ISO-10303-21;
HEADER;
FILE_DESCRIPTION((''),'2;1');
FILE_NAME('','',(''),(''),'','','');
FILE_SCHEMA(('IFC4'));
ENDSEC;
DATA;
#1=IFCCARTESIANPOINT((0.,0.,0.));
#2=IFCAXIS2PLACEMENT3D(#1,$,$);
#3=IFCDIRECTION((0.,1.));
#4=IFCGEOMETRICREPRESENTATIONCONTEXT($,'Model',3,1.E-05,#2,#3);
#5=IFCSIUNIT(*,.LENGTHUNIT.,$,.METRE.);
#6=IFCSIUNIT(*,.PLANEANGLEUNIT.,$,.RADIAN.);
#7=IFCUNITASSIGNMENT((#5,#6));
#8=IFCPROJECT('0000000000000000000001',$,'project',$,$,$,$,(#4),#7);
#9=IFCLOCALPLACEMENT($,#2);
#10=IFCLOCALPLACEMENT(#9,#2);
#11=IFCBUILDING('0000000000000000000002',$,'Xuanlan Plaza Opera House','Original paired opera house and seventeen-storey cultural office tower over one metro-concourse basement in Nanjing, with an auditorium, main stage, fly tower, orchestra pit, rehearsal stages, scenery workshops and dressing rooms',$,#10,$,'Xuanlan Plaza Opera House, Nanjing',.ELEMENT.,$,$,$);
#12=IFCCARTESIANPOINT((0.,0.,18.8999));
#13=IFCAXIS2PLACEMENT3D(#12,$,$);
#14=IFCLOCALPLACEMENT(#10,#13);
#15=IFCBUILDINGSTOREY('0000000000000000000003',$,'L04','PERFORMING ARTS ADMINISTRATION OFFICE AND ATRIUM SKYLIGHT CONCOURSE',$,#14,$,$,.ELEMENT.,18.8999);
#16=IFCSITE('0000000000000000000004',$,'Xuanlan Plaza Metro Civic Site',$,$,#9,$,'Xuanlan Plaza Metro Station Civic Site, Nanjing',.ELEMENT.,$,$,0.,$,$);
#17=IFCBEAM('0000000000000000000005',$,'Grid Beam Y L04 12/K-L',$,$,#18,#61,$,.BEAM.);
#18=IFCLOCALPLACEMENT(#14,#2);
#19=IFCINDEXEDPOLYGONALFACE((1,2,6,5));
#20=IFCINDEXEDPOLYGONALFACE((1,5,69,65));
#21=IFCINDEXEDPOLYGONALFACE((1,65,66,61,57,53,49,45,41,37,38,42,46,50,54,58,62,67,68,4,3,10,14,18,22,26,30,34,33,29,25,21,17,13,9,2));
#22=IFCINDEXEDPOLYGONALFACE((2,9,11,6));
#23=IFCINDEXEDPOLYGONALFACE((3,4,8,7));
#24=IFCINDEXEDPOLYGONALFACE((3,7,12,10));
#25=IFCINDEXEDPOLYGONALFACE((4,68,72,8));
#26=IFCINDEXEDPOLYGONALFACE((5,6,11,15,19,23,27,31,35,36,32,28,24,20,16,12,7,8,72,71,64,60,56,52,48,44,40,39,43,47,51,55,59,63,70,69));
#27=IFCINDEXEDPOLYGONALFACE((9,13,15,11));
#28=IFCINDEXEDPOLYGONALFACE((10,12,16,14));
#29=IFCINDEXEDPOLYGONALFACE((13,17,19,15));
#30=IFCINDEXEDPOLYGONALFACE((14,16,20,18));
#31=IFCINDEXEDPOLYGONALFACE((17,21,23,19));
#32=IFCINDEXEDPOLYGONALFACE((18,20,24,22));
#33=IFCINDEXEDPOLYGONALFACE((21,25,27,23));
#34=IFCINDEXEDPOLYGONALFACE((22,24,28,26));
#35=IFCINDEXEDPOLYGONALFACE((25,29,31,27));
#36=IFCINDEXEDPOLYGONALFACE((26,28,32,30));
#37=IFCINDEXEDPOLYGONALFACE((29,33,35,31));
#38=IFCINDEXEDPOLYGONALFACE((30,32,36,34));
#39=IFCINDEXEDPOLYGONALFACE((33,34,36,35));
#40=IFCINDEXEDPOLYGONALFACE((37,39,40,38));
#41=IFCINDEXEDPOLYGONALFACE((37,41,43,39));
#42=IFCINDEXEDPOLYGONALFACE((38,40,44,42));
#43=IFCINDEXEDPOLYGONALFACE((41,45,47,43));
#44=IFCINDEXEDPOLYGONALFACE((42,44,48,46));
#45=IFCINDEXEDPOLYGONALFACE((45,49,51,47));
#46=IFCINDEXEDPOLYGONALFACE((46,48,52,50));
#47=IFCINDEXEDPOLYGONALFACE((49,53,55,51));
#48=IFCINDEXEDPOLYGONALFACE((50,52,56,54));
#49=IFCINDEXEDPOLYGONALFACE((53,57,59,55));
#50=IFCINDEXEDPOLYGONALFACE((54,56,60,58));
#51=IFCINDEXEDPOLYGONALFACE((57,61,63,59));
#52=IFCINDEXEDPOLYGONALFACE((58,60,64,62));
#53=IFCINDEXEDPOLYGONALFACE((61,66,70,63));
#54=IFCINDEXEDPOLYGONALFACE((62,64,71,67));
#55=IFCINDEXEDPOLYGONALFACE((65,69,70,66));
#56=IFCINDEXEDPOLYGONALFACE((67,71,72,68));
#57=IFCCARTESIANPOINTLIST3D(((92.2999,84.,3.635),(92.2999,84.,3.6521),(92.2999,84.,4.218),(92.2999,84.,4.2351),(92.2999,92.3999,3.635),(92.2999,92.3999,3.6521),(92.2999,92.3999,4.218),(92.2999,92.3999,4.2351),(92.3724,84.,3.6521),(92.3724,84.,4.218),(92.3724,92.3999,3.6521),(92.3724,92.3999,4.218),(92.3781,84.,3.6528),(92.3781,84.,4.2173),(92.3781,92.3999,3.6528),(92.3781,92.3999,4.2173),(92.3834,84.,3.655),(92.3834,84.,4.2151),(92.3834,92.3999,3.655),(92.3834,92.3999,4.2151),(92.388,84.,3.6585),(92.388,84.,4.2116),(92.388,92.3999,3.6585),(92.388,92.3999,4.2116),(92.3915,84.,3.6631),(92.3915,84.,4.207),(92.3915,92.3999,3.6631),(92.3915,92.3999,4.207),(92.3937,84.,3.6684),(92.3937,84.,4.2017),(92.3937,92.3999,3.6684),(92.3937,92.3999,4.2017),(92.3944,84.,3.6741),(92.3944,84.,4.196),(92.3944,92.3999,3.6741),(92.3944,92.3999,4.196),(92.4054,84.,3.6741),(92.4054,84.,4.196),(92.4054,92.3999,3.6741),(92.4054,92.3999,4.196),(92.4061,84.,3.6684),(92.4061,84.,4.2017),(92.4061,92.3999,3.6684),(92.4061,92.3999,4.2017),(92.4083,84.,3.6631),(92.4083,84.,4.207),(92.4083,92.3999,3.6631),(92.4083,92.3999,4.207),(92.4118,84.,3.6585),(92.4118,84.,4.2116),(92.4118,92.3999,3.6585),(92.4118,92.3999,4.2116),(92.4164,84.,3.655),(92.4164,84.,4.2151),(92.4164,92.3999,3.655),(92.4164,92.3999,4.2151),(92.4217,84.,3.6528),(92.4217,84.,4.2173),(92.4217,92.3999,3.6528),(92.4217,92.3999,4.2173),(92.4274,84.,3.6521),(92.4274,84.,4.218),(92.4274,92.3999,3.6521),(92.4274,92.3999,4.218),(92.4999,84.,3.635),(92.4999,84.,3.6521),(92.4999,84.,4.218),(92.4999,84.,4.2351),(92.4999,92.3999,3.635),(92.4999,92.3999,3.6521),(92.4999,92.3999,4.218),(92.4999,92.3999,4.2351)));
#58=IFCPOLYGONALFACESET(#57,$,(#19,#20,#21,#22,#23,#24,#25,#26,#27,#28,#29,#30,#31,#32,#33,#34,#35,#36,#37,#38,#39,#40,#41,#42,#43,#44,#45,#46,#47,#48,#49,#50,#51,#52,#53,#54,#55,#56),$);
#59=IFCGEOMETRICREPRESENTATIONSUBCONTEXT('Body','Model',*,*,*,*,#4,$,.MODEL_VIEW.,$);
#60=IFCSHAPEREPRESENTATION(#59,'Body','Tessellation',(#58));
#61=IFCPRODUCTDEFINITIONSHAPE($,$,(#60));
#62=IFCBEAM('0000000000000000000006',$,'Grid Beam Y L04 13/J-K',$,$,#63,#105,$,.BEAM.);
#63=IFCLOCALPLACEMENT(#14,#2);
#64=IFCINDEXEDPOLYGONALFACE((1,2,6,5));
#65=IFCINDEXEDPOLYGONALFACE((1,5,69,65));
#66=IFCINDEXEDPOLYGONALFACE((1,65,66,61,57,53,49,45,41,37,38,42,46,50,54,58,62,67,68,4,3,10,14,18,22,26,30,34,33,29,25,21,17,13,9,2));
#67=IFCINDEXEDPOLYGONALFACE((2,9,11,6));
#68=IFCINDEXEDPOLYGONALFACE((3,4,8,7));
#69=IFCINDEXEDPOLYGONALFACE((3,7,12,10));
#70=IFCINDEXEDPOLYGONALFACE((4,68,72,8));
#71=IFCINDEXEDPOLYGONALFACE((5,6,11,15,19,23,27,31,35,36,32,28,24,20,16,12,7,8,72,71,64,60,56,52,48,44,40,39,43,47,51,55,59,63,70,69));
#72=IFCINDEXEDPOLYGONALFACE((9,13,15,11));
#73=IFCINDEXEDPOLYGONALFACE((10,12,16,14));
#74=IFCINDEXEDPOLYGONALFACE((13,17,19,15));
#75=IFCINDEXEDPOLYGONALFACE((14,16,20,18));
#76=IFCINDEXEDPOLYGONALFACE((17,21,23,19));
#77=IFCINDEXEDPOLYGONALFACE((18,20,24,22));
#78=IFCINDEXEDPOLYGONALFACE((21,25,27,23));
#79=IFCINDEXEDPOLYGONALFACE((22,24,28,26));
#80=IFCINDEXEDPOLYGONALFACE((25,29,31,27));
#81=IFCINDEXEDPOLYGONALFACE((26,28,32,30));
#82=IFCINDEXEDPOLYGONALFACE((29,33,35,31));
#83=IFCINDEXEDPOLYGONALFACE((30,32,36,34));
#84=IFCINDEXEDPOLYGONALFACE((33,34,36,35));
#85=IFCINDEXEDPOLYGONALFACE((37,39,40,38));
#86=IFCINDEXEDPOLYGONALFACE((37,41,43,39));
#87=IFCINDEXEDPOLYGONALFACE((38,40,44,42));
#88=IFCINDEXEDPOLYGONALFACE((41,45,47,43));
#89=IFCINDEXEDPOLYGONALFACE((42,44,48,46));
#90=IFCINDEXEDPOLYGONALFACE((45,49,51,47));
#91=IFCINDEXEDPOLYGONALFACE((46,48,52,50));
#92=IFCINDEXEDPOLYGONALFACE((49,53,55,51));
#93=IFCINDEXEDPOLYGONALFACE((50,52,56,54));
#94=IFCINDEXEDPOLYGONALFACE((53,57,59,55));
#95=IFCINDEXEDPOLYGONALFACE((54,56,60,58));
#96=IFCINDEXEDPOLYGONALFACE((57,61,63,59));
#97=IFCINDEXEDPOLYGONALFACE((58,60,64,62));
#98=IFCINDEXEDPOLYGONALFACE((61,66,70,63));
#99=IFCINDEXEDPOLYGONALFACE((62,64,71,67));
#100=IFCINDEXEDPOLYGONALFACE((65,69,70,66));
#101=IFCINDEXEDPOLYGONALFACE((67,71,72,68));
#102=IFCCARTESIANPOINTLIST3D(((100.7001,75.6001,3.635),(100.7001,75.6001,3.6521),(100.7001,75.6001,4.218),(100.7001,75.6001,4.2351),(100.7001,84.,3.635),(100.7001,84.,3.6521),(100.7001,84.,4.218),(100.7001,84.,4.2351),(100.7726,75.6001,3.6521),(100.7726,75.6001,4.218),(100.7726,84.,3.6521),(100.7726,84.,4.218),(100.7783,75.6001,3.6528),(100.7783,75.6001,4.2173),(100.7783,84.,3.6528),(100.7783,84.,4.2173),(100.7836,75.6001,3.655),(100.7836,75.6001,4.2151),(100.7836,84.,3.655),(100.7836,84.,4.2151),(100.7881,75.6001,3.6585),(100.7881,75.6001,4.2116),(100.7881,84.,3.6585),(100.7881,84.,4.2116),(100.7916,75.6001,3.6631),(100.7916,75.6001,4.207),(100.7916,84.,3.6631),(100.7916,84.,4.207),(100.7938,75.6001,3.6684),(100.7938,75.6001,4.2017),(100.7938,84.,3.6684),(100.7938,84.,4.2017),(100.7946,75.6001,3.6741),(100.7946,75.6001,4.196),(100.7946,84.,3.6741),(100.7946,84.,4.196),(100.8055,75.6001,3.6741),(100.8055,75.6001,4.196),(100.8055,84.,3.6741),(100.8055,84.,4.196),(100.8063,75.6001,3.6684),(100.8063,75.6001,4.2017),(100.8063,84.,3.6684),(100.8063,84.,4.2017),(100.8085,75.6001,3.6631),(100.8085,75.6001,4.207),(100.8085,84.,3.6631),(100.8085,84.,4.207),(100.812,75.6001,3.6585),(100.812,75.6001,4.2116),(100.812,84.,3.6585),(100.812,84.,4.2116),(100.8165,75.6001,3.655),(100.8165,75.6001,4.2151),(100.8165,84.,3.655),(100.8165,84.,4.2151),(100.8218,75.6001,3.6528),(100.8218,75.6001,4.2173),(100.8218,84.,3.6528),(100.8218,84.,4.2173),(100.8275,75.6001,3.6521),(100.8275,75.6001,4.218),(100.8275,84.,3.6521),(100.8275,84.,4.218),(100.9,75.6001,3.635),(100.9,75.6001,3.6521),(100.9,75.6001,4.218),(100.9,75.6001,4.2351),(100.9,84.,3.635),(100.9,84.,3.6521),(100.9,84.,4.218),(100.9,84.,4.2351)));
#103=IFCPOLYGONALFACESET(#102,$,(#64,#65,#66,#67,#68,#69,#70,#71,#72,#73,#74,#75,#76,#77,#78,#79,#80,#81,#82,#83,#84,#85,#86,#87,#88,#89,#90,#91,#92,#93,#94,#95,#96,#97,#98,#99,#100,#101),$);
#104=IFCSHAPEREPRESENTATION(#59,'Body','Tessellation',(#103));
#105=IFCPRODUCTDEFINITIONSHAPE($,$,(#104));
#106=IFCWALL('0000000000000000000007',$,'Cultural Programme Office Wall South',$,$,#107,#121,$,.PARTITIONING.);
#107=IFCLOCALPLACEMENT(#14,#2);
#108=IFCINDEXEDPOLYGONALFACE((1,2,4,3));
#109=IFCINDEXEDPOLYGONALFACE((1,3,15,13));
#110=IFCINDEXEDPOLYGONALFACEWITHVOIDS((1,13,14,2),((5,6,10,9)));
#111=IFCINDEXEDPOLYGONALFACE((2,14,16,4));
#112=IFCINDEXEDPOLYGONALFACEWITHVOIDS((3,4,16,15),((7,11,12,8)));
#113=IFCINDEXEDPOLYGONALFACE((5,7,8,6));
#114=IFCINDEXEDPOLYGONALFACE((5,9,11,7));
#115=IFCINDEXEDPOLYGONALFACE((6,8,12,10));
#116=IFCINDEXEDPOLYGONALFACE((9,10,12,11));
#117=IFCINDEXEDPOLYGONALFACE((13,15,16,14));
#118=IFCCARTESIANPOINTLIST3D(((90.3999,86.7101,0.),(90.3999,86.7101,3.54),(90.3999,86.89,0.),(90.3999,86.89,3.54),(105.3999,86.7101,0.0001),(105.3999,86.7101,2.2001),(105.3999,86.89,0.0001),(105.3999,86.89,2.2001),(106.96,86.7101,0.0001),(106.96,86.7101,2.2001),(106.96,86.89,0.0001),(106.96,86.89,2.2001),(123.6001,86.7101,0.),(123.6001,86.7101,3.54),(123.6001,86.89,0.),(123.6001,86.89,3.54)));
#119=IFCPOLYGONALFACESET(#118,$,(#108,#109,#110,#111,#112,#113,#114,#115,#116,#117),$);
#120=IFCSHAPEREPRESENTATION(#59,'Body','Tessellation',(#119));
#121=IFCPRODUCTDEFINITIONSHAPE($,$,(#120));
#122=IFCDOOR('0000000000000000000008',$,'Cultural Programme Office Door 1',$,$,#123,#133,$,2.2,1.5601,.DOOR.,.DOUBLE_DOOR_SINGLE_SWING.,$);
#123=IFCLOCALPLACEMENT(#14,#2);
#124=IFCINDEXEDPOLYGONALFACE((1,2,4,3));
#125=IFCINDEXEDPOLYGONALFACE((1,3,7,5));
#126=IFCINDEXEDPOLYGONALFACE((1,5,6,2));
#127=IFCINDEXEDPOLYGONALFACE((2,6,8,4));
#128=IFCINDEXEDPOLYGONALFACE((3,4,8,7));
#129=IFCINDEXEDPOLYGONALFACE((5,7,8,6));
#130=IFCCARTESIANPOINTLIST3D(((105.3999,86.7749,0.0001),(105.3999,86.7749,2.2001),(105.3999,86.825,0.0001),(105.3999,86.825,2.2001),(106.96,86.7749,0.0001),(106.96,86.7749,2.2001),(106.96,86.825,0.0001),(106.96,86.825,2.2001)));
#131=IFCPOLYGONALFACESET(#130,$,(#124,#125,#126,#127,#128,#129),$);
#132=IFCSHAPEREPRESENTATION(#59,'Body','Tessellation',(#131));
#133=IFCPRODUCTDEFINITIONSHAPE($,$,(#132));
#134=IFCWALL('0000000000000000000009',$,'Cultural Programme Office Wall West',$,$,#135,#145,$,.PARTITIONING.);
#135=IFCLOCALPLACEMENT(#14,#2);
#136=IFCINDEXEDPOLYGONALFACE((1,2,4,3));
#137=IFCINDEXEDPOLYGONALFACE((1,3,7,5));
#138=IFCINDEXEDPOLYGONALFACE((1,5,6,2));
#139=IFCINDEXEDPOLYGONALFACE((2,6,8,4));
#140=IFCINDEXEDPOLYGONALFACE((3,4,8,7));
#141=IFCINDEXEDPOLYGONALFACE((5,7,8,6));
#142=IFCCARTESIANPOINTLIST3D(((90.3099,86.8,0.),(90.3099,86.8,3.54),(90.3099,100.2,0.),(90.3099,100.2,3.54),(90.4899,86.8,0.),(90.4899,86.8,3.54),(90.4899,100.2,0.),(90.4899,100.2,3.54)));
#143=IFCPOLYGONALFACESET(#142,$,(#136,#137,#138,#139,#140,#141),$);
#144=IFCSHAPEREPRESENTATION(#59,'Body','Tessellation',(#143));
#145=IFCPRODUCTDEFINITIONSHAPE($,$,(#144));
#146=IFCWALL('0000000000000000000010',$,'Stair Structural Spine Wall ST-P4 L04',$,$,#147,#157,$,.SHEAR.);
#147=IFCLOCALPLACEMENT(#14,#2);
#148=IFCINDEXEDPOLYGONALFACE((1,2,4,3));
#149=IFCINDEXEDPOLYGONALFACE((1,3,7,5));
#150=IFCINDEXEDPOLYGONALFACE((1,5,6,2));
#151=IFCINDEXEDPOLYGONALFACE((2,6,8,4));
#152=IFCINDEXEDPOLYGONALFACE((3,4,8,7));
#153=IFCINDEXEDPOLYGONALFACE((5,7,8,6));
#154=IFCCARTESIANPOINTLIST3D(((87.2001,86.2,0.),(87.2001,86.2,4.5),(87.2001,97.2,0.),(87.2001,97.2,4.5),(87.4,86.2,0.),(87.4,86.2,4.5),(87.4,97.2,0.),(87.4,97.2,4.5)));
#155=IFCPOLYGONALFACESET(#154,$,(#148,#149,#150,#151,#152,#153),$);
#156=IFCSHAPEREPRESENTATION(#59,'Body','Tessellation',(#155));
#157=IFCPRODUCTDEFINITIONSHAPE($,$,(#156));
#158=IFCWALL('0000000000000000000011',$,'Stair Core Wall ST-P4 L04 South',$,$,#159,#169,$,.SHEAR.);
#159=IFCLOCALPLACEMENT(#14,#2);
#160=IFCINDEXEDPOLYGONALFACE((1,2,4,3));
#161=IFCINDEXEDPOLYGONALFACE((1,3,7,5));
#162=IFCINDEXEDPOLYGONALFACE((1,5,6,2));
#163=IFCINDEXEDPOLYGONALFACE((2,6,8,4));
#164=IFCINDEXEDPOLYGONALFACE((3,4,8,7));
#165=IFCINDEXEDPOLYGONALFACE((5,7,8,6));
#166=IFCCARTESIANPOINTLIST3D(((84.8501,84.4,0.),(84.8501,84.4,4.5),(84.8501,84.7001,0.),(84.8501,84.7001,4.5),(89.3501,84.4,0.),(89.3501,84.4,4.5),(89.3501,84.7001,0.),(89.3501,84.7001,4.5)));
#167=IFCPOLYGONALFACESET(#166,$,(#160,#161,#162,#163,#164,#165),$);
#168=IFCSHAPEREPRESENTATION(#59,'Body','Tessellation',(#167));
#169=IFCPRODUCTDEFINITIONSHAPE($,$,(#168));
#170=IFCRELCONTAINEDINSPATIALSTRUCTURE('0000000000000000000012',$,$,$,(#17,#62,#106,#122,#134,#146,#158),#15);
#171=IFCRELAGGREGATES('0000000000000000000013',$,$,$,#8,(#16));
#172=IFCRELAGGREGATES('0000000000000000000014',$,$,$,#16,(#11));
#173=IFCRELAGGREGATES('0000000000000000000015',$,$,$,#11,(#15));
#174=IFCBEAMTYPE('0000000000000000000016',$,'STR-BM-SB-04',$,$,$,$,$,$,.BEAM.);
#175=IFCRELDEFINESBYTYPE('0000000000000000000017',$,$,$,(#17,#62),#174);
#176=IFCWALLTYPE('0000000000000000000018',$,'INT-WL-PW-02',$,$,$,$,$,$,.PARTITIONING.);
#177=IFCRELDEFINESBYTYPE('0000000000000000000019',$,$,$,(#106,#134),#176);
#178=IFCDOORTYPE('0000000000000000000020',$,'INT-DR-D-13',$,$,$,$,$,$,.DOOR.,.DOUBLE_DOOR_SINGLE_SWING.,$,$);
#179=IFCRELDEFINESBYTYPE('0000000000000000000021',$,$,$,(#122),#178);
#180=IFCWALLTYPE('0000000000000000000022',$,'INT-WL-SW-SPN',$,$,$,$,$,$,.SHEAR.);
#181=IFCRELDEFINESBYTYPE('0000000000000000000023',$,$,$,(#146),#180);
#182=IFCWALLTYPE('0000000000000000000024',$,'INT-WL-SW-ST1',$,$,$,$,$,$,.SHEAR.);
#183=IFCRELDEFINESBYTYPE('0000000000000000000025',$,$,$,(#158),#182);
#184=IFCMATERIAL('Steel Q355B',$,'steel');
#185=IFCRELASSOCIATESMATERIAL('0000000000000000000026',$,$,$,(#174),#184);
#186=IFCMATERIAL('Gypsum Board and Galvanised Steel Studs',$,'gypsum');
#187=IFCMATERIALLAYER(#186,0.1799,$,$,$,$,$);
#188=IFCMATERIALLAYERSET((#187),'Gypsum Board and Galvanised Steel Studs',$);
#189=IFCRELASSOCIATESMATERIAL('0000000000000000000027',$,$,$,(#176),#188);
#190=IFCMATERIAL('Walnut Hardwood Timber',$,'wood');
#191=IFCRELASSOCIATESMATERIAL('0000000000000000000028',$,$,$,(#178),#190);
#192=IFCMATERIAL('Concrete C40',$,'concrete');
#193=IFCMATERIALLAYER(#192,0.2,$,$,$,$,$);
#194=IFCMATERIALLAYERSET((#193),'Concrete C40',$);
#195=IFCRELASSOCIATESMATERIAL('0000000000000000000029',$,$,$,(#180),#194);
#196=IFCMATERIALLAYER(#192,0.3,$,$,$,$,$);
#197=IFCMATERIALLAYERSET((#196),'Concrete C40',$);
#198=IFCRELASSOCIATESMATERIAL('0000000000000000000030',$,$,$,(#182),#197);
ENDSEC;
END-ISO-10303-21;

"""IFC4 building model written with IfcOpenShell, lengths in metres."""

from ifc_helpers import new_model, si_unit, direction, frame, frame_2d, origin, origin_2d, place, context, subcontext, project, spatial, rectangle, i_section, extrude, material, layer, layer_set, material_profile, profile_set, type_object, element, fill, save


model = new_model("IFC4")

# Units and contexts
model_context = context("Model", 3, precision=1e-05, world=origin(), true_north=direction((0.0, 1.0)))
body_context = subcontext(model_context, "Body", "Model", "MODEL_VIEW")
ifc_project = project(units=[si_unit("LENGTHUNIT", "METRE"), si_unit("PLANEANGLEUNIT", "RADIAN")], contexts=[model_context])

# Site, building, storey
site_placement = place(None, origin())
site = spatial("IfcSite", under=ifc_project, at=site_placement, Name="Xuanlan Plaza Metro Civic Site", LongName="Xuanlan Plaza Metro Station Civic Site, Nanjing", CompositionType="ELEMENT", RefElevation=0.0)
building_placement = place(site_placement, origin())
building = spatial("IfcBuilding", under=site, at=building_placement, Name="Xuanlan Plaza Opera House", Description="Original paired opera house and seventeen-storey cultural office tower over one metro-concourse basement in Nanjing, with an auditorium, main stage, fly tower, orchestra pit, rehearsal stages, scenery workshops and dressing rooms", LongName="Xuanlan Plaza Opera House, Nanjing", CompositionType="ELEMENT")
storey_placement = place(building_placement, frame((0.0, 0.0, 18.8999)))
storey = spatial("IfcBuildingStorey", under=building, at=storey_placement, Name="L04", Description="PERFORMING ARTS ADMINISTRATION OFFICE AND ATRIUM SKYLIGHT CONCOURSE", CompositionType="ELEMENT", Elevation=18.8999)

# Shared definitions
ifc_material_1 = material(Name="Concrete C40", Category="concrete")

# Beams
ifc_material_2 = material(Name="Steel Q355B", Category="steel")
ifc_material_profile_1 = material_profile(ifc_material_2, i_section(OverallWidth=0.2, OverallDepth=0.6001, WebThickness=0.011, FlangeThickness=0.0171, FilletRadius=0.022, at=origin_2d()), Name="HN 600x200x11x17")
ifc_profile_set_1 = profile_set([ifc_material_profile_1], Name="Steel Q355B")
beam_type_1 = type_object("IfcBeamType", Name="STR-BM-SB-04", PredefinedType="BEAM", material=ifc_profile_set_1)
for number, where, z_axis, x_axis, name in (
    (1, (92.3999, 84.0, 3.9351), (0.0, 1.0, 0.0), (-1.0, 0.0, 0.0), "Grid Beam Y L04 12/K-L"),
    (2, (100.8, 75.6001, 3.9351), (0.0, 1.0, 0.0), (-1.0, 0.0, 0.0), "Grid Beam Y L04 13/J-K"),
):
    element("IfcBeam", number, at=place(storey_placement, frame(where, z_axis=z_axis, x_axis=x_axis)), inside=storey, type_object=beam_type_1, Name=name, PredefinedType="BEAM", context=body_context, shape_type="SweptSolid", body=[
        extrude(i_section(OverallWidth=0.2, OverallDepth=0.6001, WebThickness=0.011, FlangeThickness=0.0171, FilletRadius=0.022, at=origin_2d()), origin(), (0.0, 0.0, 1.0), 8.3999),
    ])

# Wall, opening, door
ifc_material_3 = material(Name="Gypsum Board and Galvanised Steel Studs", Category="gypsum")
ifc_layer_1 = layer(ifc_material_3, 0.1799)
ifc_layer_set_1 = layer_set([ifc_layer_1], Name="Gypsum Board and Galvanised Steel Studs")
wall_type_1 = type_object("IfcWallType", Name="INT-WL-PW-02", PredefinedType="PARTITIONING", material=ifc_layer_set_1)
wall_1_placement = place(storey_placement, frame((90.3999, 86.8, 0.0), z_axis=(0.0, 0.0, 1.0), x_axis=(1.0, 0.0, 0.0)))
wall_1 = element("IfcWall", 3, at=wall_1_placement, inside=storey, type_object=wall_type_1, Name="Cultural Programme Office Wall South", PredefinedType="PARTITIONING", context=body_context, shape_type="SweptSolid", body=[
    extrude(rectangle(XDim=33.2002, YDim=0.1799, at=frame_2d((16.6001, 0.0))), origin(), (0.0, 0.0, 1.0), 3.54),
])
opening_1_placement = place(wall_1_placement, frame((15.0, 0.0, 0.0)))
opening_1 = element("IfcOpeningElement", 4, at=opening_1_placement, cuts=wall_1, PredefinedType="OPENING", context=body_context, shape_type="SweptSolid", body=[
    extrude(rectangle(XDim=1.5601, YDim=2.2, at=frame_2d((0.78, 1.1001))), frame((0.0, 0.0999, 0.0), z_axis=(0.0, -1.0, 0.0), x_axis=(1.0, 0.0, 0.0)), (0.0, 0.0, 1.0), 0.2),
])
ifc_material_4 = material(Name="Walnut Hardwood Timber", Category="wood")
door_type_1 = type_object("IfcDoorType", Name="INT-DR-D-13", OperationType="DOUBLE_DOOR_SINGLE_SWING", PredefinedType="DOOR", material=ifc_material_4)
door_1_placement = place(opening_1_placement, origin())
door_1 = element("IfcDoor", 5, at=door_1_placement, inside=storey, type_object=door_type_1, Name="Cultural Programme Office Door 1", OperationType="DOUBLE_DOOR_SINGLE_SWING", OverallHeight=2.2, OverallWidth=1.5601, PredefinedType="DOOR", context=body_context, shape_type="SweptSolid", body=[
    extrude(rectangle(XDim=1.5601, YDim=2.2, at=frame_2d((0.78, 1.1001))), frame((0.0, 0.0249, 0.0), z_axis=(0.0, -1.0, 0.0), x_axis=(1.0, 0.0, 0.0)), (0.0, 0.0, 1.0), 0.05),
])
fill(opening_1, door_1)

# Walls
wall_2_placement = place(storey_placement, frame((90.3999, 86.8, 0.0), z_axis=(0.0, 0.0, 1.0), x_axis=(0.0, 1.0, 0.0)))
element("IfcWall", 6, at=wall_2_placement, inside=storey, type_object=wall_type_1, Name="Cultural Programme Office Wall West", PredefinedType="PARTITIONING", context=body_context, shape_type="SweptSolid", body=[
    extrude(rectangle(XDim=13.3999, YDim=0.1799, at=frame_2d((6.7, 0.0))), origin(), (0.0, 0.0, 1.0), 3.54),
])
ifc_layer_2 = layer(ifc_material_1, 0.2)
ifc_layer_set_2 = layer_set([ifc_layer_2], Name="Concrete C40")
wall_type_2 = type_object("IfcWallType", Name="INT-WL-SW-SPN", PredefinedType="SHEAR", material=ifc_layer_set_2)
wall_3_placement = place(storey_placement, frame((87.3, 86.2, 0.0), z_axis=(0.0, 0.0, 1.0), x_axis=(0.0, 1.0, 0.0)))
element("IfcWall", 7, at=wall_3_placement, inside=storey, type_object=wall_type_2, Name="Stair Structural Spine Wall ST-P4 L04", PredefinedType="SHEAR", context=body_context, shape_type="SweptSolid", body=[
    extrude(rectangle(XDim=11.0, YDim=0.2, at=frame_2d((5.5, 0.0))), origin(), (0.0, 0.0, 1.0), 4.5),
])
ifc_layer_3 = layer(ifc_material_1, 0.3)
ifc_layer_set_3 = layer_set([ifc_layer_3], Name="Concrete C40")
wall_type_3 = type_object("IfcWallType", Name="INT-WL-SW-ST1", PredefinedType="SHEAR", material=ifc_layer_set_3)
wall_4_placement = place(storey_placement, frame((84.8501, 84.55, 0.0), z_axis=(0.0, 0.0, 1.0), x_axis=(1.0, 0.0, 0.0)))
element("IfcWall", 8, at=wall_4_placement, inside=storey, type_object=wall_type_3, Name="Stair Core Wall ST-P4 L04 South", PredefinedType="SHEAR", context=body_context, shape_type="SweptSolid", body=[
    extrude(rectangle(XDim=4.5, YDim=0.3, at=frame_2d((2.25, 0.0))), origin(), (0.0, 0.0, 1.0), 4.5),
])

save(model, "model.ifc")
